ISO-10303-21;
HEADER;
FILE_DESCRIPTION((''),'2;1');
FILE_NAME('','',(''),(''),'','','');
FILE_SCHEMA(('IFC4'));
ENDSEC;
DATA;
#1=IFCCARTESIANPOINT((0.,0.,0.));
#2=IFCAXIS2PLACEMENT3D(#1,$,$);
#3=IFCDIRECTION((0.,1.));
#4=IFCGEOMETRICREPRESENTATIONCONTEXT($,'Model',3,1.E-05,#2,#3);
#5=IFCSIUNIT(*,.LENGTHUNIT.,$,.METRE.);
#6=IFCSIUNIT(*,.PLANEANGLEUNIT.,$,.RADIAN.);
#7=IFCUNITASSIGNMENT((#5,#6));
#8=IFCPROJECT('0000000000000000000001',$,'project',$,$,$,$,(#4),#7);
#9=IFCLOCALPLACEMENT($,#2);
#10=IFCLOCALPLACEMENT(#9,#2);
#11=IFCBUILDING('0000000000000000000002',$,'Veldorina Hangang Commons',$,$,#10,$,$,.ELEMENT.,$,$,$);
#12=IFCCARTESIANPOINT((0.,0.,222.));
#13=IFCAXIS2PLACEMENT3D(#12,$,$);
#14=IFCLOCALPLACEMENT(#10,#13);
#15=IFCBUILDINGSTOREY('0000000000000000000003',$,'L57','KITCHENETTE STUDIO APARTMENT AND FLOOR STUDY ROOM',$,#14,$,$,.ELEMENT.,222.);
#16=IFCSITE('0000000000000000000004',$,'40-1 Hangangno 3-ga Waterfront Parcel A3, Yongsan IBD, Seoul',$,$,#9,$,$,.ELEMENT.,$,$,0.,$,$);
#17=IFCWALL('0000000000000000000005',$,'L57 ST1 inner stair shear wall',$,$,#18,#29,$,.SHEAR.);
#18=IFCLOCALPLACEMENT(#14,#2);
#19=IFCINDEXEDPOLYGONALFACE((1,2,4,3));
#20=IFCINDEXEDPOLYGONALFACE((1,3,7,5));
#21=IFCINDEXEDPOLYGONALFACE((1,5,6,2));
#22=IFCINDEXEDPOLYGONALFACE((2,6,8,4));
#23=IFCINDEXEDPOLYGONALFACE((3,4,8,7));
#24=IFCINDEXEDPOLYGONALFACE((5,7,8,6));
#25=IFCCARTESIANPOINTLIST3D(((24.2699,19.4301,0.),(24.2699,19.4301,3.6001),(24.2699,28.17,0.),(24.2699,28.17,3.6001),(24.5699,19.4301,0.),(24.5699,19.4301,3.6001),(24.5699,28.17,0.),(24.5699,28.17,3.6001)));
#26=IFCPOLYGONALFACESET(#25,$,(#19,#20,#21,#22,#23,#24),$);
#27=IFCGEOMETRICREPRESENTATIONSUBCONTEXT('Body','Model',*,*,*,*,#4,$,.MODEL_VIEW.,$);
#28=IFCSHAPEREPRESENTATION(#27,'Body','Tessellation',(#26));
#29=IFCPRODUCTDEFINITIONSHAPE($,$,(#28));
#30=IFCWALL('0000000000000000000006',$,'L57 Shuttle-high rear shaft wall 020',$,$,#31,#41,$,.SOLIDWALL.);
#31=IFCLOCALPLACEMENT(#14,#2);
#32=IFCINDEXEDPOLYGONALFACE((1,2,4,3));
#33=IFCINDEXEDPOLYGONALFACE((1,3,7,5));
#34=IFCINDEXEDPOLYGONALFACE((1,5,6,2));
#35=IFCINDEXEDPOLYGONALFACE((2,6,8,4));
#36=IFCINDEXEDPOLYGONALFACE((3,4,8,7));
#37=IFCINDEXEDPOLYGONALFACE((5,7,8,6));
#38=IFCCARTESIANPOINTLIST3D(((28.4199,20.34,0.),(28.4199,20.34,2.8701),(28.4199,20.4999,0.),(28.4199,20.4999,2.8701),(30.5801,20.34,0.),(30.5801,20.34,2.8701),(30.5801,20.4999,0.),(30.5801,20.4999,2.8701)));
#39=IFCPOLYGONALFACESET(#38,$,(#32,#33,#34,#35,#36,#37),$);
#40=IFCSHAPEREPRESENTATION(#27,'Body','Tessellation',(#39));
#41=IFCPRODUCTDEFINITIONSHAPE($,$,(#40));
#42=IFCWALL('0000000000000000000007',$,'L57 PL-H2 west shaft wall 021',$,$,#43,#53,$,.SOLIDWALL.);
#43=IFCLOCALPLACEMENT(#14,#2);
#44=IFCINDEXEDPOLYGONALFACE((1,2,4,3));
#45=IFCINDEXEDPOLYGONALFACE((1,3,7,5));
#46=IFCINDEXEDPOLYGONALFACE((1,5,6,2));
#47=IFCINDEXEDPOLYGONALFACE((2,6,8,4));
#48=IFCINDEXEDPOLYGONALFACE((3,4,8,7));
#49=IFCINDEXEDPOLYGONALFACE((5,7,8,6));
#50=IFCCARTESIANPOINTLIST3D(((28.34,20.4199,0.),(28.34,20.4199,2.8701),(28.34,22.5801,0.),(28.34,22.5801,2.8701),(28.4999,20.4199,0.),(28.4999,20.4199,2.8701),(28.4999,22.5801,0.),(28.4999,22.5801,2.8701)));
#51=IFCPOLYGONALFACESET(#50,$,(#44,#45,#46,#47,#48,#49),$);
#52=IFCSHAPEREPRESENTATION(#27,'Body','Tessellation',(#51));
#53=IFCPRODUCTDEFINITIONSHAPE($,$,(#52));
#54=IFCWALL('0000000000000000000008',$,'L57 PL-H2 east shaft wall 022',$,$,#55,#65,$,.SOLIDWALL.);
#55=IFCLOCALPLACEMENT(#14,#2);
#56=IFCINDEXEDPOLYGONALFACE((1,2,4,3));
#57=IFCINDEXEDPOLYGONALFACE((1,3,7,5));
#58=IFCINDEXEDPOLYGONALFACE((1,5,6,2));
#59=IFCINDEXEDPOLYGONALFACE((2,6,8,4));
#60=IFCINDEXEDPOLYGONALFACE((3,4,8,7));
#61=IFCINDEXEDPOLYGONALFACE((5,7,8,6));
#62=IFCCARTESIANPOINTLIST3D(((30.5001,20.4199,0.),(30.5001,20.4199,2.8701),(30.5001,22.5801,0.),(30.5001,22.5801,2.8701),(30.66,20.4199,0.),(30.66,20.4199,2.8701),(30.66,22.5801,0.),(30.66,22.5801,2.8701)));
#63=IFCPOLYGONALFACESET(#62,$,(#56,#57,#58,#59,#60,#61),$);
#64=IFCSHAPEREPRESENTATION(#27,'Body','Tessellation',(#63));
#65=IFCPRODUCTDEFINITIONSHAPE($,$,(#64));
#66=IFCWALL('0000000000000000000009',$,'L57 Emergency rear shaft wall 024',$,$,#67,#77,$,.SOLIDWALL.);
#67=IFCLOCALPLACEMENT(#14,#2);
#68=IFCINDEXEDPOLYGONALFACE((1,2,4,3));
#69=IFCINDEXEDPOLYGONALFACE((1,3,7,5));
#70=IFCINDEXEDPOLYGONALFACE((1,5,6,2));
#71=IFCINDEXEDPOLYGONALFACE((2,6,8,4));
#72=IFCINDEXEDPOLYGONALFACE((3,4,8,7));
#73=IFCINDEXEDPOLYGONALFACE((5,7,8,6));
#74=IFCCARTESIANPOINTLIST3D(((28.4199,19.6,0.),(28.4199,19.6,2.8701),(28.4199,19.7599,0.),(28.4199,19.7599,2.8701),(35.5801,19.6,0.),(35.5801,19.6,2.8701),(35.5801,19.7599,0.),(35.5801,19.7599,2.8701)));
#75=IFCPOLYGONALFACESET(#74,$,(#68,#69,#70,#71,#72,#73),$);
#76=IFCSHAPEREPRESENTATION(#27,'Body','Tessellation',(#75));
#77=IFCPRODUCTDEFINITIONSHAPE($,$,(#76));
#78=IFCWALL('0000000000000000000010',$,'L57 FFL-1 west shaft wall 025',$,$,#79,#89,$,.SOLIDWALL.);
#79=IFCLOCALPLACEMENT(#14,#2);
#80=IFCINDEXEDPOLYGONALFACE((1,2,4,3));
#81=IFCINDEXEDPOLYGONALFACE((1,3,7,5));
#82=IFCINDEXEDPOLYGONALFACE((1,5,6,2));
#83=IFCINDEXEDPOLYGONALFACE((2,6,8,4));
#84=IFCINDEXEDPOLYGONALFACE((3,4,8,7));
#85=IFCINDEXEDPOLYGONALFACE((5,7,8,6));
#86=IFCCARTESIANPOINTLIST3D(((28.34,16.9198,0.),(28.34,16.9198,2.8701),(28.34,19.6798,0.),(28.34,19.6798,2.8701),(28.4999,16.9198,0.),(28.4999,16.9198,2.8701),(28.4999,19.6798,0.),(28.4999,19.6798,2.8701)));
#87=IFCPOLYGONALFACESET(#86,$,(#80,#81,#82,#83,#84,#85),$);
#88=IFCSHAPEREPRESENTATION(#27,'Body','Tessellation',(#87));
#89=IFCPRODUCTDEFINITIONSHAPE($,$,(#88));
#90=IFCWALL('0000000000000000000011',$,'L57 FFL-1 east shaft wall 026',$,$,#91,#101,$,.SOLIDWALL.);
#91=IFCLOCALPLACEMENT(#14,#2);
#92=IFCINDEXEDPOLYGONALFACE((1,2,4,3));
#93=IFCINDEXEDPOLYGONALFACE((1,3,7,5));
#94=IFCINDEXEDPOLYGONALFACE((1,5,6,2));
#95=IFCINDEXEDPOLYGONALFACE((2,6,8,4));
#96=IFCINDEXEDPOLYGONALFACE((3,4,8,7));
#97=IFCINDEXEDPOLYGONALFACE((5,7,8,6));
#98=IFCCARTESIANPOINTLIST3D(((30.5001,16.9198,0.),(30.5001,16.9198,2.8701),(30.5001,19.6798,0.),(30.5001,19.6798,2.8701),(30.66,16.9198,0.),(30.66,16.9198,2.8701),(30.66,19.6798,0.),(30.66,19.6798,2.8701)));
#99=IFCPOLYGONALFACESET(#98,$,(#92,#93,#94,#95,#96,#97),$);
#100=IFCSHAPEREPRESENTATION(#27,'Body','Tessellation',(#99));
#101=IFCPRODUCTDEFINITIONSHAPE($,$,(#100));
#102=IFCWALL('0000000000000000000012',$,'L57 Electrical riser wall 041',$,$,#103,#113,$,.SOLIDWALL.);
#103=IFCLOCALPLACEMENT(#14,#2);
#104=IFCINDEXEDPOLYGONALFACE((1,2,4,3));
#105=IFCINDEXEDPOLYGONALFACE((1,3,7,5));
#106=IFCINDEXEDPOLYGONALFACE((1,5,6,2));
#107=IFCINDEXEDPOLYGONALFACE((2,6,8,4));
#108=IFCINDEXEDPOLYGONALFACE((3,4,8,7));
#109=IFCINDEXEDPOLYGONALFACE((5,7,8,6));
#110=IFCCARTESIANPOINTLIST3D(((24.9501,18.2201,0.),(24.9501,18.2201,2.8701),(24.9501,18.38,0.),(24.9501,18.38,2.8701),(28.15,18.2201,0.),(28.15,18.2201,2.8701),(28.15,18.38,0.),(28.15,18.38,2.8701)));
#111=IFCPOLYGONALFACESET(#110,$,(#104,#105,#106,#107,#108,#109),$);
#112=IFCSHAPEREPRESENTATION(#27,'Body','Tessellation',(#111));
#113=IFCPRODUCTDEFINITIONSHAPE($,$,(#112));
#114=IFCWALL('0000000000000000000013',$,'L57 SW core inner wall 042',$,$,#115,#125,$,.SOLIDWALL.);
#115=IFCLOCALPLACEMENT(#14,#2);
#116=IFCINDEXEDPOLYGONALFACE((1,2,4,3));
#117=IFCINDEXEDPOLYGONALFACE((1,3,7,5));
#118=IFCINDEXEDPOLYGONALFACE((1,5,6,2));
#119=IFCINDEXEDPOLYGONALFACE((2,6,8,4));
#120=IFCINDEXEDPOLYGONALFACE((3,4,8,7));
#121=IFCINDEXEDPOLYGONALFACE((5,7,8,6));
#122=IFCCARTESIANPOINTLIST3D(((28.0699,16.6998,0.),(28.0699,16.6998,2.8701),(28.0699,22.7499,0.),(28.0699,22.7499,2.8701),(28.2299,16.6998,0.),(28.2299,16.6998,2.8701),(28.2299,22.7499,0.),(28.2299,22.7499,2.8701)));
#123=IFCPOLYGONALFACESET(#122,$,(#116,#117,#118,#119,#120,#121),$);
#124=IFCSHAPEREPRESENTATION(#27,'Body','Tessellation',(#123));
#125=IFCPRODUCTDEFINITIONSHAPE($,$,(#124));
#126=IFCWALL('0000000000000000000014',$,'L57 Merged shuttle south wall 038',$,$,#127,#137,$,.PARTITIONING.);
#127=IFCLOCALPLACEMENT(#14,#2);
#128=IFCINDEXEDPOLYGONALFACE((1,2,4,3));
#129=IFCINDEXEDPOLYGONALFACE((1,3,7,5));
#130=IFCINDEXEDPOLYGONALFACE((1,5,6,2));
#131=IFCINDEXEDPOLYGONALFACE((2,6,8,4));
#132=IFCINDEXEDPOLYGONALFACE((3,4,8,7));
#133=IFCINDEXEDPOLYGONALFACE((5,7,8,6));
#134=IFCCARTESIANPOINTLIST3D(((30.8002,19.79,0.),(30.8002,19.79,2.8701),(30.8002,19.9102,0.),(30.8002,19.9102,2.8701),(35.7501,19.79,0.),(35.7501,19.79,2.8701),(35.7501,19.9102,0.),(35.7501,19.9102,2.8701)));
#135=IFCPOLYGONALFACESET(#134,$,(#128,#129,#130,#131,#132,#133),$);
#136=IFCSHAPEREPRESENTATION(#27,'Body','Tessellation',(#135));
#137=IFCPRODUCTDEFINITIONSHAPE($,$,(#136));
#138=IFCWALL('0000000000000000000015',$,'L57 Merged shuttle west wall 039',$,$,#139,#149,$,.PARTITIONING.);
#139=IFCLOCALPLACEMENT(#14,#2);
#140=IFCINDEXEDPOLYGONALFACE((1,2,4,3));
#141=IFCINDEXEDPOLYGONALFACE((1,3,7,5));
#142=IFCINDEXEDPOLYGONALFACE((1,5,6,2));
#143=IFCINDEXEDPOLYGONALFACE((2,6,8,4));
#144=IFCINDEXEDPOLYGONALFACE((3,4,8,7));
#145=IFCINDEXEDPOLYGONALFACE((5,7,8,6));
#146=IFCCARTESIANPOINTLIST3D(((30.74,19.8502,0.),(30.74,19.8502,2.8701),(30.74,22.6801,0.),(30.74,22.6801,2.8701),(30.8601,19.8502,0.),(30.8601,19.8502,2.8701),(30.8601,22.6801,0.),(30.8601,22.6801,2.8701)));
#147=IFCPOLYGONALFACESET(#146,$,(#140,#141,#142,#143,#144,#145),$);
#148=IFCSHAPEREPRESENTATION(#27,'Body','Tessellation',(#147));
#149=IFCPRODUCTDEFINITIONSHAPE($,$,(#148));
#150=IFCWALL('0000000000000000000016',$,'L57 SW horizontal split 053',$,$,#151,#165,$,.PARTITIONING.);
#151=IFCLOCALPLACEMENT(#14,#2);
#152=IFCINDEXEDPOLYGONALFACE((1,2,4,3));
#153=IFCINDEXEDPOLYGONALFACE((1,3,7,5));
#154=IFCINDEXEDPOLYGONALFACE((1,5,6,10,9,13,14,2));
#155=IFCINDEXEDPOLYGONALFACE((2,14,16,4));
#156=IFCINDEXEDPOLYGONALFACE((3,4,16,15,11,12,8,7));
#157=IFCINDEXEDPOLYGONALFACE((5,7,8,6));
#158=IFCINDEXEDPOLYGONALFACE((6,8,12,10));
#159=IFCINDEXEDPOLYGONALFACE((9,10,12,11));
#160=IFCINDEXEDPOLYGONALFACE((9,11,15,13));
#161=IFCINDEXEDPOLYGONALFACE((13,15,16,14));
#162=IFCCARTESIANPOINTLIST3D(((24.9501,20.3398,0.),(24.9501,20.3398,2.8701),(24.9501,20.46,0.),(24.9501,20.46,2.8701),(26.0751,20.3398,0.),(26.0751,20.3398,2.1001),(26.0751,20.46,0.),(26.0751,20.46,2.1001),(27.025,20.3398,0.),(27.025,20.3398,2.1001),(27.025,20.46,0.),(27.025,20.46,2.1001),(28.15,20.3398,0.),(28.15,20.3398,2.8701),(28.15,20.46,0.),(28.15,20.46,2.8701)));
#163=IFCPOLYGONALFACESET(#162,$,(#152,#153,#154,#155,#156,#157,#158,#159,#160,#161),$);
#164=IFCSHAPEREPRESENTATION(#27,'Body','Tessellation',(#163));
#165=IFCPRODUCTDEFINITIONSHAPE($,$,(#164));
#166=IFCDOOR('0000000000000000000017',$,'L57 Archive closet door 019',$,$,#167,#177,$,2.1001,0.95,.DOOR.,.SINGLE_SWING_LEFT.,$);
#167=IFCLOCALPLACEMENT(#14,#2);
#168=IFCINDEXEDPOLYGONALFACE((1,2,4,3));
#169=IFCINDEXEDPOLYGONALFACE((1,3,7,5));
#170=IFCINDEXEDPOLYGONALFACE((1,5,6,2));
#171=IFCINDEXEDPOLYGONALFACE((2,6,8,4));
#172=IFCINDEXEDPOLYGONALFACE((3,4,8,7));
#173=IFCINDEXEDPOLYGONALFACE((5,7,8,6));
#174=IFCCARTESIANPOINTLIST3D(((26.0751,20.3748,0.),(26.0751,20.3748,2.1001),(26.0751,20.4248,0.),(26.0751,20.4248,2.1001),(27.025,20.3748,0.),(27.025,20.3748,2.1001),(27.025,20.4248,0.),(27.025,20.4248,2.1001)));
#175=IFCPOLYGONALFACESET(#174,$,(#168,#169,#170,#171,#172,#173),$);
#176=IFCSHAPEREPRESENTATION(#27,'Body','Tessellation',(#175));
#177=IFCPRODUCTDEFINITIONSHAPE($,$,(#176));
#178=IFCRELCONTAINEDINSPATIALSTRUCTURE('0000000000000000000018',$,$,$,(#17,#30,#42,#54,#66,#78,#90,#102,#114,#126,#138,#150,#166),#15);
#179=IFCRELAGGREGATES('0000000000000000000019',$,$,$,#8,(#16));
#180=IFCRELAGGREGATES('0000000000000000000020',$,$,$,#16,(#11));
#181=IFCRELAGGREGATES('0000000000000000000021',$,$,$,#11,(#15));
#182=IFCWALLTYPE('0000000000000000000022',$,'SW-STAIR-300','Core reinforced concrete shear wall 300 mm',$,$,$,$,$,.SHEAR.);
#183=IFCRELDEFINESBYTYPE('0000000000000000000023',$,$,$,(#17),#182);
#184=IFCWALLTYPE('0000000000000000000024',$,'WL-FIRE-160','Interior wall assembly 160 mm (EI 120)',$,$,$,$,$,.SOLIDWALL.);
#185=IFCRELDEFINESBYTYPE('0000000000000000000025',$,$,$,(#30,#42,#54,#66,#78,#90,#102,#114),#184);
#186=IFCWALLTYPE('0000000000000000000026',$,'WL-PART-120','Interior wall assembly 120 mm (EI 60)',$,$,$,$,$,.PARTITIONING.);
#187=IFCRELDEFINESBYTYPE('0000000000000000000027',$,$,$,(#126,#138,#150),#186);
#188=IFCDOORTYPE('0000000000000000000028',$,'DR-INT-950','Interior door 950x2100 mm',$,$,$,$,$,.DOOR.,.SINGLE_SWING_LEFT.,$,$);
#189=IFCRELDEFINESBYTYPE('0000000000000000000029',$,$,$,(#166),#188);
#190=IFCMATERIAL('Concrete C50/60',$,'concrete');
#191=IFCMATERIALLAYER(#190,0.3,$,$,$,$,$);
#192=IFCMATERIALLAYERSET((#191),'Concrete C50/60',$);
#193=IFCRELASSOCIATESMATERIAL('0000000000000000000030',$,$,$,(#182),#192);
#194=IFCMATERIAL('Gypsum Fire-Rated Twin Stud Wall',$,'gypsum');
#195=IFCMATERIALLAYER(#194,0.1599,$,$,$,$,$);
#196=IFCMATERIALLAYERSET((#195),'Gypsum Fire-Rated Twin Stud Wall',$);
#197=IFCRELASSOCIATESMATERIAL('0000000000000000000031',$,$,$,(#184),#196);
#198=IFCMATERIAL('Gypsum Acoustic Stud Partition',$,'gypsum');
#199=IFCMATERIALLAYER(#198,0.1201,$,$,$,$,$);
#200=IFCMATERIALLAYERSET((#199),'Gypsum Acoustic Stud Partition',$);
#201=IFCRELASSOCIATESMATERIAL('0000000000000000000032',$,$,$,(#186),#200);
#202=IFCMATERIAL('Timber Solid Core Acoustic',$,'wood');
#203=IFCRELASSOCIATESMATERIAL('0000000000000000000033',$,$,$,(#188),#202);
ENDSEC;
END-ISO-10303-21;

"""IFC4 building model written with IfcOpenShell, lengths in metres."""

from ifc_helpers import new_model, si_unit, direction, frame, frame_2d, origin, place, context, subcontext, project, spatial, rectangle, extrude, material, layer, layer_set, type_object, element, fill, save


model = new_model("IFC4")

# Units and contexts
model_context = context("Model", 3, precision=1e-05, world=origin(), true_north=direction((0.0, 1.0)))
body_context = subcontext(model_context, "Body", "Model", "MODEL_VIEW")
ifc_project = project(units=[si_unit("LENGTHUNIT", "METRE"), si_unit("PLANEANGLEUNIT", "RADIAN")], contexts=[model_context])

# Site, building, storey
site_placement = place(None, origin())
site = spatial("IfcSite", under=ifc_project, at=site_placement, Name="40-1 Hangangno 3-ga Waterfront Parcel A3, Yongsan IBD, Seoul", CompositionType="ELEMENT", RefElevation=0.0)
building_placement = place(site_placement, origin())
building = spatial("IfcBuilding", under=site, at=building_placement, Name="Veldorina Hangang Commons", CompositionType="ELEMENT")
storey_placement = place(building_placement, frame((0.0, 0.0, 222.0)))
storey = spatial("IfcBuildingStorey", under=building, at=storey_placement, Name="L57", Description="KITCHENETTE STUDIO APARTMENT AND FLOOR STUDY ROOM", CompositionType="ELEMENT", Elevation=222.0)

# Shared definitions
ifc_material_1 = material(Name="Concrete C50/60", Category="concrete")

# Wall
ifc_layer_1 = layer(ifc_material_1, 0.3)
ifc_layer_set_1 = layer_set([ifc_layer_1], Name="Concrete C50/60")
wall_type_1 = type_object("IfcWallType", Name="SW-STAIR-300", Description="Core reinforced concrete shear wall 300 mm", PredefinedType="SHEAR", material=ifc_layer_set_1)
wall_1_placement = place(storey_placement, frame((24.4199, 19.4299, 0.0), z_axis=(0.0, 0.0, 1.0), x_axis=(0.0, 1.0, 0.0)))
element("IfcWall", 1, at=wall_1_placement, inside=storey, type_object=wall_type_1, Name="L57 ST1 inner stair shear wall", PredefinedType="SHEAR", context=body_context, shape_type="SweptSolid", body=[
    extrude(rectangle(XDim=8.74, YDim=0.3, at=frame_2d((4.3701, 0.0))), origin(), (0.0, 0.0, 1.0), 3.6001),
])

# Shared definitions
ifc_material_2 = material(Name="Gypsum Fire-Rated Twin Stud Wall", Category="gypsum")
ifc_layer_2 = layer(ifc_material_2, 0.1599)
ifc_layer_set_2 = layer_set([ifc_layer_2], Name="Gypsum Fire-Rated Twin Stud Wall")
wall_type_2 = type_object("IfcWallType", Name="WL-FIRE-160", Description="Interior wall assembly 160 mm (EI 120)", PredefinedType="SOLIDWALL", material=ifc_layer_set_2)

# Walls
for number, where, z_axis, x_axis, name in (
    (2, (28.4199, 20.4199, 0.0), (0.0, 0.0, 1.0), (1.0, 0.0, 0.0), "L57 Shuttle-high rear shaft wall 020"),
    (3, (28.4199, 20.4199, 0.0), (0.0, 0.0, 1.0), (0.0, 1.0, 0.0), "L57 PL-H2 west shaft wall 021"),
    (4, (30.5801, 20.4199, 0.0), (0.0, 0.0, 1.0), (0.0, 1.0, 0.0), "L57 PL-H2 east shaft wall 022"),
):
    element("IfcWall", number, at=place(storey_placement, frame(where, z_axis=z_axis, x_axis=x_axis)), inside=storey, type_object=wall_type_2, Name=name, PredefinedType="SOLIDWALL", context=body_context, shape_type="SweptSolid", body=[
        extrude(rectangle(XDim=2.1602, YDim=0.1599, at=frame_2d((1.0801, 0.0))), origin(), (0.0, 0.0, 1.0), 2.8701),
    ])

# Walls
wall_2_placement = place(storey_placement, frame((28.4199, 19.6799, 0.0), z_axis=(0.0, 0.0, 1.0), x_axis=(1.0, 0.0, 0.0)))
element("IfcWall", 5, at=wall_2_placement, inside=storey, type_object=wall_type_2, Name="L57 Emergency rear shaft wall 024", PredefinedType="SOLIDWALL", context=body_context, shape_type="SweptSolid", body=[
    extrude(rectangle(XDim=7.1602, YDim=0.1599, at=frame_2d((3.5801, 0.0))), origin(), (0.0, 0.0, 1.0), 2.8701),
])
for number, where, z_axis, x_axis, name in (
    (6, (28.4199, 16.9199, 0.0), (0.0, 0.0, 1.0), (0.0, 1.0, 0.0), "L57 FFL-1 west shaft wall 025"),
    (7, (30.5801, 16.9199, 0.0), (0.0, 0.0, 1.0), (0.0, 1.0, 0.0), "L57 FFL-1 east shaft wall 026"),
):
    element("IfcWall", number, at=place(storey_placement, frame(where, z_axis=z_axis, x_axis=x_axis)), inside=storey, type_object=wall_type_2, Name=name, PredefinedType="SOLIDWALL", context=body_context, shape_type="SweptSolid", body=[
        extrude(rectangle(XDim=2.76, YDim=0.1599, at=frame_2d((1.3799, 0.0))), origin(), (0.0, 0.0, 1.0), 2.8701),
    ])
wall_3_placement = place(storey_placement, frame((24.95, 18.3, 0.0), z_axis=(0.0, 0.0, 1.0), x_axis=(1.0, 0.0, 0.0)))
element("IfcWall", 8, at=wall_3_placement, inside=storey, type_object=wall_type_2, Name="L57 Electrical riser wall 041", PredefinedType="SOLIDWALL", context=body_context, shape_type="SweptSolid", body=[
    extrude(rectangle(XDim=3.2, YDim=0.1599, at=frame_2d((1.6001, 0.0))), origin(), (0.0, 0.0, 1.0), 2.8701),
])
wall_4_placement = place(storey_placement, frame((28.1499, 16.7, 0.0), z_axis=(0.0, 0.0, 1.0), x_axis=(0.0, 1.0, 0.0)))
element("IfcWall", 9, at=wall_4_placement, inside=storey, type_object=wall_type_2, Name="L57 SW core inner wall 042", PredefinedType="SOLIDWALL", context=body_context, shape_type="SweptSolid", body=[
    extrude(rectangle(XDim=6.05, YDim=0.1599, at=frame_2d((3.0249, 0.0))), origin(), (0.0, 0.0, 1.0), 2.8701),
])
ifc_material_3 = material(Name="Gypsum Acoustic Stud Partition", Category="gypsum")
ifc_layer_3 = layer(ifc_material_3, 0.1201)
ifc_layer_set_3 = layer_set([ifc_layer_3], Name="Gypsum Acoustic Stud Partition")
wall_type_3 = type_object("IfcWallType", Name="WL-PART-120", Description="Interior wall assembly 120 mm (EI 60)", PredefinedType="PARTITIONING", material=ifc_layer_set_3)
wall_5_placement = place(storey_placement, frame((30.8, 19.8501, 0.0), z_axis=(0.0, 0.0, 1.0), x_axis=(1.0, 0.0, 0.0)))
element("IfcWall", 10, at=wall_5_placement, inside=storey, type_object=wall_type_3, Name="L57 Merged shuttle south wall 038", PredefinedType="PARTITIONING", context=body_context, shape_type="SweptSolid", body=[
    extrude(rectangle(XDim=4.95, YDim=0.1201, at=frame_2d((2.4751, 0.0))), origin(), (0.0, 0.0, 1.0), 2.8701),
])
wall_6_placement = place(storey_placement, frame((30.8, 19.8501, 0.0), z_axis=(0.0, 0.0, 1.0), x_axis=(0.0, 1.0, 0.0)))
element("IfcWall", 11, at=wall_6_placement, inside=storey, type_object=wall_type_3, Name="L57 Merged shuttle west wall 039", PredefinedType="PARTITIONING", context=body_context, shape_type="SweptSolid", body=[
    extrude(rectangle(XDim=2.8298, YDim=0.1201, at=frame_2d((1.415, 0.0))), origin(), (0.0, 0.0, 1.0), 2.8701),
])

# Wall, opening, door
wall_7_placement = place(storey_placement, frame((24.95, 20.3999, 0.0), z_axis=(0.0, 0.0, 1.0), x_axis=(1.0, 0.0, 0.0)))
wall_7 = element("IfcWall", 12, at=wall_7_placement, inside=storey, type_object=wall_type_3, Name="L57 SW horizontal split 053", PredefinedType="PARTITIONING", context=body_context, shape_type="SweptSolid", body=[
    extrude(rectangle(XDim=3.2, YDim=0.1201, at=frame_2d((1.6001, 0.0))), origin(), (0.0, 0.0, 1.0), 2.8701),
])
opening_1_placement = place(wall_7_placement, frame((1.125, 0.0, 0.0)))
opening_1 = element("IfcOpeningElement", 13, at=opening_1_placement, cuts=wall_7, PredefinedType="OPENING", context=body_context, shape_type="SweptSolid", body=[
    extrude(rectangle(XDim=0.95, YDim=2.1001, at=frame_2d((0.4751, 1.05))), frame((0.0, 0.0701, 0.0), z_axis=(0.0, -1.0, 0.0), x_axis=(1.0, 0.0, 0.0)), (0.0, 0.0, 1.0), 0.1401),
])
ifc_material_4 = material(Name="Timber Solid Core Acoustic", Category="wood")
door_type_1 = type_object("IfcDoorType", Name="DR-INT-950", Description="Interior door 950x2100 mm", OperationType="SINGLE_SWING_LEFT", PredefinedType="DOOR", material=ifc_material_4)
door_1_placement = place(opening_1_placement, origin())
door_1 = element("IfcDoor", 14, at=door_1_placement, inside=storey, type_object=door_type_1, Name="L57 Archive closet door 019", OperationType="SINGLE_SWING_LEFT", OverallHeight=2.1001, OverallWidth=0.95, PredefinedType="DOOR", context=body_context, shape_type="SweptSolid", body=[
    extrude(rectangle(XDim=0.95, YDim=2.1001, at=frame_2d((0.4751, 1.05))), frame((0.0, 0.0249, 0.0), z_axis=(0.0, -1.0, 0.0), x_axis=(1.0, 0.0, 0.0)), (0.0, 0.0, 1.0), 0.05),
])
fill(opening_1, door_1)

save(model, "model.ifc")
